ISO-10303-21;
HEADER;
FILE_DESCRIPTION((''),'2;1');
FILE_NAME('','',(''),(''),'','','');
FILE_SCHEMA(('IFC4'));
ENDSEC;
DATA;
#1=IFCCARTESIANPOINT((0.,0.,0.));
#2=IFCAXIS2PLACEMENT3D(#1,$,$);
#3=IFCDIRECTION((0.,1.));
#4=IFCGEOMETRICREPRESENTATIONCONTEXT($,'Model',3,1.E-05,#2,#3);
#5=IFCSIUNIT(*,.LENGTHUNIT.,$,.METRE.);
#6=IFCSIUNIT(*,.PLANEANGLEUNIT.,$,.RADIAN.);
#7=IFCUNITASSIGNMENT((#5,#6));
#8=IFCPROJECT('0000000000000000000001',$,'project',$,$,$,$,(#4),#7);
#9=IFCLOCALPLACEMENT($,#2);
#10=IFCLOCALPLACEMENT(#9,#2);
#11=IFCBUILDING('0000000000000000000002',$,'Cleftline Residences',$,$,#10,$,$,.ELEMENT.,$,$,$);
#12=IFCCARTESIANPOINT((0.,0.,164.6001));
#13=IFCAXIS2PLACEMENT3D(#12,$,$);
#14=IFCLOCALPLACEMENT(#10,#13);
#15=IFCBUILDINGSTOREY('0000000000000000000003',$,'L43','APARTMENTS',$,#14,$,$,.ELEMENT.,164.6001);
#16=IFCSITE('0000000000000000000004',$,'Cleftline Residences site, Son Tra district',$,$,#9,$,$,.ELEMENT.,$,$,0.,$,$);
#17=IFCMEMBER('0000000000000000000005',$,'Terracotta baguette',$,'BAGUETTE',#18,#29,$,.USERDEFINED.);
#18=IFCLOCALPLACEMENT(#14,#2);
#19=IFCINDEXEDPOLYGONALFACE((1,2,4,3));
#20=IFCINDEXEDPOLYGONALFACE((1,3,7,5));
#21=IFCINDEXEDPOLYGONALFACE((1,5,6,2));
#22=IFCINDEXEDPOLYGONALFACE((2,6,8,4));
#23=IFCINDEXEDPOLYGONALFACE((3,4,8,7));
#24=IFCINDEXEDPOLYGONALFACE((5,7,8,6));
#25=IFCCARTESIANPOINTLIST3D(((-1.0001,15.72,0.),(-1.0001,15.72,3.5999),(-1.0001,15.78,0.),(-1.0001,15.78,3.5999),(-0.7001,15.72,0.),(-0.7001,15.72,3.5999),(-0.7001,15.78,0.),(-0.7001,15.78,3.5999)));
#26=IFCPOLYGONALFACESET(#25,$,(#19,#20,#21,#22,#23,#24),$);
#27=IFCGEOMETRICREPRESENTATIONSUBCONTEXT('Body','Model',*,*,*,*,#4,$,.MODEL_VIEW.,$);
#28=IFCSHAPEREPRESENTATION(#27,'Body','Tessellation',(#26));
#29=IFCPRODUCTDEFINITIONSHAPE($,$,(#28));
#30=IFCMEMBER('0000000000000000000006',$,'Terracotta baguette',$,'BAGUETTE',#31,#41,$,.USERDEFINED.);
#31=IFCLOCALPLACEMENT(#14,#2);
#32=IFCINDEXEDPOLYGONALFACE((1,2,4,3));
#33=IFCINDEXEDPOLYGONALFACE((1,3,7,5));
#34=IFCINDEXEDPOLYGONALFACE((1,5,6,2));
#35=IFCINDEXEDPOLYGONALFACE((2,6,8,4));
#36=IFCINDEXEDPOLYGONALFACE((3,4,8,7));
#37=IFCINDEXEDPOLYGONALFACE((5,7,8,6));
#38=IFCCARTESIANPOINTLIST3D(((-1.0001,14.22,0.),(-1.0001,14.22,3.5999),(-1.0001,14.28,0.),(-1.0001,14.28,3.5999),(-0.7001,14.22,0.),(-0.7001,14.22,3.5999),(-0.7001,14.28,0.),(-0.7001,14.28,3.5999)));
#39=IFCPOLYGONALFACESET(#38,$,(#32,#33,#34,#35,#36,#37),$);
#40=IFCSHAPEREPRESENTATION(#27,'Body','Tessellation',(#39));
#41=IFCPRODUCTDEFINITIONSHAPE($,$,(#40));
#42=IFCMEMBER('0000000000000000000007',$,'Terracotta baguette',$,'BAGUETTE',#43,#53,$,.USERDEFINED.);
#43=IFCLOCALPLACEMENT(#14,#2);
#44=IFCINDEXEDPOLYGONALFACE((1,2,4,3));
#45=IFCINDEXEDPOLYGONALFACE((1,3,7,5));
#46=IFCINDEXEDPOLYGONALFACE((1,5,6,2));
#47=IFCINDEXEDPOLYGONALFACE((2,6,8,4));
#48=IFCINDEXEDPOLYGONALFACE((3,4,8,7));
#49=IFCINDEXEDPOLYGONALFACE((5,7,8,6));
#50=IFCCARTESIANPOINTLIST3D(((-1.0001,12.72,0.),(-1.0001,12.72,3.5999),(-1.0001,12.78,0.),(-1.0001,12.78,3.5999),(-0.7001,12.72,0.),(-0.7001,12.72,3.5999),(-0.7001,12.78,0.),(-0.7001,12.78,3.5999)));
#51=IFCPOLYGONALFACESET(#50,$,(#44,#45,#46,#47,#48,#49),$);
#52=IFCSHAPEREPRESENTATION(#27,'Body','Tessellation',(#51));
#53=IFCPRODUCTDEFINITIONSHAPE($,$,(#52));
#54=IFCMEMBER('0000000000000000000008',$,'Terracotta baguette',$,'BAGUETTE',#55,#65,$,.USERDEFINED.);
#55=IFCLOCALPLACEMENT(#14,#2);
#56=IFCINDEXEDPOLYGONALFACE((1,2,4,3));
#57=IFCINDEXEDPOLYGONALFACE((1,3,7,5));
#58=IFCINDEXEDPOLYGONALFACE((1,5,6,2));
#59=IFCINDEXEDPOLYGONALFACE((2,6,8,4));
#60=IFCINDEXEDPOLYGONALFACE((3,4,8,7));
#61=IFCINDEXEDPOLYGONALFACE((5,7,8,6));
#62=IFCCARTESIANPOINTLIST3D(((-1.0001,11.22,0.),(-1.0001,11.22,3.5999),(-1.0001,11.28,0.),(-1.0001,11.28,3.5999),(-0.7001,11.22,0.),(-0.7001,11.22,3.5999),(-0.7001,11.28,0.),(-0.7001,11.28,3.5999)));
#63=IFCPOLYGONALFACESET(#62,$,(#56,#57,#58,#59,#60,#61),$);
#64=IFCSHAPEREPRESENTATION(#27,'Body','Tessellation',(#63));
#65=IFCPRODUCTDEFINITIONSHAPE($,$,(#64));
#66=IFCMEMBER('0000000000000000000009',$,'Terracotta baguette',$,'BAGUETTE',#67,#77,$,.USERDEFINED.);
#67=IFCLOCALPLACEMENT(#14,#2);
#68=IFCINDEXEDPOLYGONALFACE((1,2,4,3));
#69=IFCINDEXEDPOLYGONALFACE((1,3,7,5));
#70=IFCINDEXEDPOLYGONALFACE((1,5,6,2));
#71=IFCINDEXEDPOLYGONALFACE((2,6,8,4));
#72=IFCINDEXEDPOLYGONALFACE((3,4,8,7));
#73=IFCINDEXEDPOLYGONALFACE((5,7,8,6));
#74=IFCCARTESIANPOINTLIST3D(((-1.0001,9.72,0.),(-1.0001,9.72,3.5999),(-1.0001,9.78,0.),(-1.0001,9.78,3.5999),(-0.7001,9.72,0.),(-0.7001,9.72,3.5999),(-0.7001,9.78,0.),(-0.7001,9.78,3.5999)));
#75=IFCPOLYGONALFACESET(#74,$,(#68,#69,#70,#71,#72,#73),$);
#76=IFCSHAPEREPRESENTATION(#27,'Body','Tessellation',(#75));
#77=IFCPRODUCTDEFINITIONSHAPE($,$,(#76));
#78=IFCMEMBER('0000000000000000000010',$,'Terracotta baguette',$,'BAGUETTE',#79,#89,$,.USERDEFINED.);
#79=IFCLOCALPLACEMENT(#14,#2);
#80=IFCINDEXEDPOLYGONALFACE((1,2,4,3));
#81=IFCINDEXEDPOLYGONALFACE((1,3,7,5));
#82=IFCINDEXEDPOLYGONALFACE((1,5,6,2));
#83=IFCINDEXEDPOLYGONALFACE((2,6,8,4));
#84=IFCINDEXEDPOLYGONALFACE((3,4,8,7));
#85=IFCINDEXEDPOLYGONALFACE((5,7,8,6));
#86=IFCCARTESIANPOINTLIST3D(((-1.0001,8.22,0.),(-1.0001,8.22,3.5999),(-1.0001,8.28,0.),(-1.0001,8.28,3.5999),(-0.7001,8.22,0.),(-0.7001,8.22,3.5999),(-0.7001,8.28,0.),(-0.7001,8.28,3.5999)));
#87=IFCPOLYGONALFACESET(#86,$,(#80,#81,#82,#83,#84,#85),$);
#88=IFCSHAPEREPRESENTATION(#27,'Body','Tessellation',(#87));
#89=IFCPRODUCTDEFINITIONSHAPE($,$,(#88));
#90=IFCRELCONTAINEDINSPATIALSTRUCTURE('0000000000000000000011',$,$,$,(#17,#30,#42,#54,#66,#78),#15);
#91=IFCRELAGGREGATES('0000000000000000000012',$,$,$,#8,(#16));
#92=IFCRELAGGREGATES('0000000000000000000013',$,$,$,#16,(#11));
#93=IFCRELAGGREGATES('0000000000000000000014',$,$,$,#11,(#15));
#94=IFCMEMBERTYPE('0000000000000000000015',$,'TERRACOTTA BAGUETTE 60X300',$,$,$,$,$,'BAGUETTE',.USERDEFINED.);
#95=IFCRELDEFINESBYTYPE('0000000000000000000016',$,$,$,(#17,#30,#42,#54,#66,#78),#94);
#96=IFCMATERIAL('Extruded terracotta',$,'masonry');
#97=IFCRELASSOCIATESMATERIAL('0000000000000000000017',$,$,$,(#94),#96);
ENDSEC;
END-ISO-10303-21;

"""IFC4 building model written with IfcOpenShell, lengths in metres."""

from ifc_helpers import new_model, si_unit, direction, frame, origin, origin_2d, place, context, subcontext, project, spatial, rectangle, extrude, material, material_profile, profile_set, type_object, element, save


model = new_model("IFC4")

# Units and contexts
model_context = context("Model", 3, precision=1e-05, world=origin(), true_north=direction((0.0, 1.0)))
body_context = subcontext(model_context, "Body", "Model", "MODEL_VIEW")
ifc_project = project(units=[si_unit("LENGTHUNIT", "METRE"), si_unit("PLANEANGLEUNIT", "RADIAN")], contexts=[model_context])

# Site, building, storey
site_placement = place(None, origin())
site = spatial("IfcSite", under=ifc_project, at=site_placement, Name="Cleftline Residences site, Son Tra district", CompositionType="ELEMENT", RefElevation=0.0)
building_placement = place(site_placement, origin())
building = spatial("IfcBuilding", under=site, at=building_placement, Name="Cleftline Residences", CompositionType="ELEMENT")
storey_placement = place(building_placement, frame((0.0, 0.0, 164.6001)))
storey = spatial("IfcBuildingStorey", under=building, at=storey_placement, Name="L43", Description="APARTMENTS", CompositionType="ELEMENT", Elevation=164.6001)

# Members
ifc_material_1 = material(Name="Extruded terracotta", Category="masonry")
ifc_material_profile = material_profile(ifc_material_1, rectangle(XDim=0.0601, YDim=0.3, at=origin_2d()))
ifc_profile_set = profile_set([ifc_material_profile], Name="Extruded terracotta")
member_type = type_object("IfcMemberType", Name="TERRACOTTA BAGUETTE 60X300", ElementType="BAGUETTE", PredefinedType="USERDEFINED", material=ifc_profile_set)
for number, where, z_axis, x_axis, name in (
    (1, (-0.8501, 15.75, 0.0), (0.0, 0.0, 1.0), (0.0, 1.0, 0.0), "Terracotta baguette"),
    (2, (-0.8501, 14.25, 0.0), (0.0, 0.0, 1.0), (0.0, 1.0, 0.0), "Terracotta baguette"),
    (3, (-0.8501, 12.75, 0.0), (0.0, 0.0, 1.0), (0.0, 1.0, 0.0), "Terracotta baguette"),
    (4, (-0.8501, 11.25, 0.0), (0.0, 0.0, 1.0), (0.0, 1.0, 0.0), "Terracotta baguette"),
    (5, (-0.8501, 9.75, 0.0), (0.0, 0.0, 1.0), (0.0, 1.0, 0.0), "Terracotta baguette"),
    (6, (-0.8501, 8.25, 0.0), (0.0, 0.0, 1.0), (0.0, 1.0, 0.0), "Terracotta baguette"),
):
    element("IfcMember", number, at=place(storey_placement, frame(where, z_axis=z_axis, x_axis=x_axis)), inside=storey, type_object=member_type, Name=name, ObjectType="BAGUETTE", PredefinedType="USERDEFINED", context=body_context, shape_type="SweptSolid", body=[
        extrude(rectangle(XDim=0.0601, YDim=0.3, at=origin_2d()), origin(), (0.0, 0.0, 1.0), 3.5999),
    ])

save(model, "model.ifc")
